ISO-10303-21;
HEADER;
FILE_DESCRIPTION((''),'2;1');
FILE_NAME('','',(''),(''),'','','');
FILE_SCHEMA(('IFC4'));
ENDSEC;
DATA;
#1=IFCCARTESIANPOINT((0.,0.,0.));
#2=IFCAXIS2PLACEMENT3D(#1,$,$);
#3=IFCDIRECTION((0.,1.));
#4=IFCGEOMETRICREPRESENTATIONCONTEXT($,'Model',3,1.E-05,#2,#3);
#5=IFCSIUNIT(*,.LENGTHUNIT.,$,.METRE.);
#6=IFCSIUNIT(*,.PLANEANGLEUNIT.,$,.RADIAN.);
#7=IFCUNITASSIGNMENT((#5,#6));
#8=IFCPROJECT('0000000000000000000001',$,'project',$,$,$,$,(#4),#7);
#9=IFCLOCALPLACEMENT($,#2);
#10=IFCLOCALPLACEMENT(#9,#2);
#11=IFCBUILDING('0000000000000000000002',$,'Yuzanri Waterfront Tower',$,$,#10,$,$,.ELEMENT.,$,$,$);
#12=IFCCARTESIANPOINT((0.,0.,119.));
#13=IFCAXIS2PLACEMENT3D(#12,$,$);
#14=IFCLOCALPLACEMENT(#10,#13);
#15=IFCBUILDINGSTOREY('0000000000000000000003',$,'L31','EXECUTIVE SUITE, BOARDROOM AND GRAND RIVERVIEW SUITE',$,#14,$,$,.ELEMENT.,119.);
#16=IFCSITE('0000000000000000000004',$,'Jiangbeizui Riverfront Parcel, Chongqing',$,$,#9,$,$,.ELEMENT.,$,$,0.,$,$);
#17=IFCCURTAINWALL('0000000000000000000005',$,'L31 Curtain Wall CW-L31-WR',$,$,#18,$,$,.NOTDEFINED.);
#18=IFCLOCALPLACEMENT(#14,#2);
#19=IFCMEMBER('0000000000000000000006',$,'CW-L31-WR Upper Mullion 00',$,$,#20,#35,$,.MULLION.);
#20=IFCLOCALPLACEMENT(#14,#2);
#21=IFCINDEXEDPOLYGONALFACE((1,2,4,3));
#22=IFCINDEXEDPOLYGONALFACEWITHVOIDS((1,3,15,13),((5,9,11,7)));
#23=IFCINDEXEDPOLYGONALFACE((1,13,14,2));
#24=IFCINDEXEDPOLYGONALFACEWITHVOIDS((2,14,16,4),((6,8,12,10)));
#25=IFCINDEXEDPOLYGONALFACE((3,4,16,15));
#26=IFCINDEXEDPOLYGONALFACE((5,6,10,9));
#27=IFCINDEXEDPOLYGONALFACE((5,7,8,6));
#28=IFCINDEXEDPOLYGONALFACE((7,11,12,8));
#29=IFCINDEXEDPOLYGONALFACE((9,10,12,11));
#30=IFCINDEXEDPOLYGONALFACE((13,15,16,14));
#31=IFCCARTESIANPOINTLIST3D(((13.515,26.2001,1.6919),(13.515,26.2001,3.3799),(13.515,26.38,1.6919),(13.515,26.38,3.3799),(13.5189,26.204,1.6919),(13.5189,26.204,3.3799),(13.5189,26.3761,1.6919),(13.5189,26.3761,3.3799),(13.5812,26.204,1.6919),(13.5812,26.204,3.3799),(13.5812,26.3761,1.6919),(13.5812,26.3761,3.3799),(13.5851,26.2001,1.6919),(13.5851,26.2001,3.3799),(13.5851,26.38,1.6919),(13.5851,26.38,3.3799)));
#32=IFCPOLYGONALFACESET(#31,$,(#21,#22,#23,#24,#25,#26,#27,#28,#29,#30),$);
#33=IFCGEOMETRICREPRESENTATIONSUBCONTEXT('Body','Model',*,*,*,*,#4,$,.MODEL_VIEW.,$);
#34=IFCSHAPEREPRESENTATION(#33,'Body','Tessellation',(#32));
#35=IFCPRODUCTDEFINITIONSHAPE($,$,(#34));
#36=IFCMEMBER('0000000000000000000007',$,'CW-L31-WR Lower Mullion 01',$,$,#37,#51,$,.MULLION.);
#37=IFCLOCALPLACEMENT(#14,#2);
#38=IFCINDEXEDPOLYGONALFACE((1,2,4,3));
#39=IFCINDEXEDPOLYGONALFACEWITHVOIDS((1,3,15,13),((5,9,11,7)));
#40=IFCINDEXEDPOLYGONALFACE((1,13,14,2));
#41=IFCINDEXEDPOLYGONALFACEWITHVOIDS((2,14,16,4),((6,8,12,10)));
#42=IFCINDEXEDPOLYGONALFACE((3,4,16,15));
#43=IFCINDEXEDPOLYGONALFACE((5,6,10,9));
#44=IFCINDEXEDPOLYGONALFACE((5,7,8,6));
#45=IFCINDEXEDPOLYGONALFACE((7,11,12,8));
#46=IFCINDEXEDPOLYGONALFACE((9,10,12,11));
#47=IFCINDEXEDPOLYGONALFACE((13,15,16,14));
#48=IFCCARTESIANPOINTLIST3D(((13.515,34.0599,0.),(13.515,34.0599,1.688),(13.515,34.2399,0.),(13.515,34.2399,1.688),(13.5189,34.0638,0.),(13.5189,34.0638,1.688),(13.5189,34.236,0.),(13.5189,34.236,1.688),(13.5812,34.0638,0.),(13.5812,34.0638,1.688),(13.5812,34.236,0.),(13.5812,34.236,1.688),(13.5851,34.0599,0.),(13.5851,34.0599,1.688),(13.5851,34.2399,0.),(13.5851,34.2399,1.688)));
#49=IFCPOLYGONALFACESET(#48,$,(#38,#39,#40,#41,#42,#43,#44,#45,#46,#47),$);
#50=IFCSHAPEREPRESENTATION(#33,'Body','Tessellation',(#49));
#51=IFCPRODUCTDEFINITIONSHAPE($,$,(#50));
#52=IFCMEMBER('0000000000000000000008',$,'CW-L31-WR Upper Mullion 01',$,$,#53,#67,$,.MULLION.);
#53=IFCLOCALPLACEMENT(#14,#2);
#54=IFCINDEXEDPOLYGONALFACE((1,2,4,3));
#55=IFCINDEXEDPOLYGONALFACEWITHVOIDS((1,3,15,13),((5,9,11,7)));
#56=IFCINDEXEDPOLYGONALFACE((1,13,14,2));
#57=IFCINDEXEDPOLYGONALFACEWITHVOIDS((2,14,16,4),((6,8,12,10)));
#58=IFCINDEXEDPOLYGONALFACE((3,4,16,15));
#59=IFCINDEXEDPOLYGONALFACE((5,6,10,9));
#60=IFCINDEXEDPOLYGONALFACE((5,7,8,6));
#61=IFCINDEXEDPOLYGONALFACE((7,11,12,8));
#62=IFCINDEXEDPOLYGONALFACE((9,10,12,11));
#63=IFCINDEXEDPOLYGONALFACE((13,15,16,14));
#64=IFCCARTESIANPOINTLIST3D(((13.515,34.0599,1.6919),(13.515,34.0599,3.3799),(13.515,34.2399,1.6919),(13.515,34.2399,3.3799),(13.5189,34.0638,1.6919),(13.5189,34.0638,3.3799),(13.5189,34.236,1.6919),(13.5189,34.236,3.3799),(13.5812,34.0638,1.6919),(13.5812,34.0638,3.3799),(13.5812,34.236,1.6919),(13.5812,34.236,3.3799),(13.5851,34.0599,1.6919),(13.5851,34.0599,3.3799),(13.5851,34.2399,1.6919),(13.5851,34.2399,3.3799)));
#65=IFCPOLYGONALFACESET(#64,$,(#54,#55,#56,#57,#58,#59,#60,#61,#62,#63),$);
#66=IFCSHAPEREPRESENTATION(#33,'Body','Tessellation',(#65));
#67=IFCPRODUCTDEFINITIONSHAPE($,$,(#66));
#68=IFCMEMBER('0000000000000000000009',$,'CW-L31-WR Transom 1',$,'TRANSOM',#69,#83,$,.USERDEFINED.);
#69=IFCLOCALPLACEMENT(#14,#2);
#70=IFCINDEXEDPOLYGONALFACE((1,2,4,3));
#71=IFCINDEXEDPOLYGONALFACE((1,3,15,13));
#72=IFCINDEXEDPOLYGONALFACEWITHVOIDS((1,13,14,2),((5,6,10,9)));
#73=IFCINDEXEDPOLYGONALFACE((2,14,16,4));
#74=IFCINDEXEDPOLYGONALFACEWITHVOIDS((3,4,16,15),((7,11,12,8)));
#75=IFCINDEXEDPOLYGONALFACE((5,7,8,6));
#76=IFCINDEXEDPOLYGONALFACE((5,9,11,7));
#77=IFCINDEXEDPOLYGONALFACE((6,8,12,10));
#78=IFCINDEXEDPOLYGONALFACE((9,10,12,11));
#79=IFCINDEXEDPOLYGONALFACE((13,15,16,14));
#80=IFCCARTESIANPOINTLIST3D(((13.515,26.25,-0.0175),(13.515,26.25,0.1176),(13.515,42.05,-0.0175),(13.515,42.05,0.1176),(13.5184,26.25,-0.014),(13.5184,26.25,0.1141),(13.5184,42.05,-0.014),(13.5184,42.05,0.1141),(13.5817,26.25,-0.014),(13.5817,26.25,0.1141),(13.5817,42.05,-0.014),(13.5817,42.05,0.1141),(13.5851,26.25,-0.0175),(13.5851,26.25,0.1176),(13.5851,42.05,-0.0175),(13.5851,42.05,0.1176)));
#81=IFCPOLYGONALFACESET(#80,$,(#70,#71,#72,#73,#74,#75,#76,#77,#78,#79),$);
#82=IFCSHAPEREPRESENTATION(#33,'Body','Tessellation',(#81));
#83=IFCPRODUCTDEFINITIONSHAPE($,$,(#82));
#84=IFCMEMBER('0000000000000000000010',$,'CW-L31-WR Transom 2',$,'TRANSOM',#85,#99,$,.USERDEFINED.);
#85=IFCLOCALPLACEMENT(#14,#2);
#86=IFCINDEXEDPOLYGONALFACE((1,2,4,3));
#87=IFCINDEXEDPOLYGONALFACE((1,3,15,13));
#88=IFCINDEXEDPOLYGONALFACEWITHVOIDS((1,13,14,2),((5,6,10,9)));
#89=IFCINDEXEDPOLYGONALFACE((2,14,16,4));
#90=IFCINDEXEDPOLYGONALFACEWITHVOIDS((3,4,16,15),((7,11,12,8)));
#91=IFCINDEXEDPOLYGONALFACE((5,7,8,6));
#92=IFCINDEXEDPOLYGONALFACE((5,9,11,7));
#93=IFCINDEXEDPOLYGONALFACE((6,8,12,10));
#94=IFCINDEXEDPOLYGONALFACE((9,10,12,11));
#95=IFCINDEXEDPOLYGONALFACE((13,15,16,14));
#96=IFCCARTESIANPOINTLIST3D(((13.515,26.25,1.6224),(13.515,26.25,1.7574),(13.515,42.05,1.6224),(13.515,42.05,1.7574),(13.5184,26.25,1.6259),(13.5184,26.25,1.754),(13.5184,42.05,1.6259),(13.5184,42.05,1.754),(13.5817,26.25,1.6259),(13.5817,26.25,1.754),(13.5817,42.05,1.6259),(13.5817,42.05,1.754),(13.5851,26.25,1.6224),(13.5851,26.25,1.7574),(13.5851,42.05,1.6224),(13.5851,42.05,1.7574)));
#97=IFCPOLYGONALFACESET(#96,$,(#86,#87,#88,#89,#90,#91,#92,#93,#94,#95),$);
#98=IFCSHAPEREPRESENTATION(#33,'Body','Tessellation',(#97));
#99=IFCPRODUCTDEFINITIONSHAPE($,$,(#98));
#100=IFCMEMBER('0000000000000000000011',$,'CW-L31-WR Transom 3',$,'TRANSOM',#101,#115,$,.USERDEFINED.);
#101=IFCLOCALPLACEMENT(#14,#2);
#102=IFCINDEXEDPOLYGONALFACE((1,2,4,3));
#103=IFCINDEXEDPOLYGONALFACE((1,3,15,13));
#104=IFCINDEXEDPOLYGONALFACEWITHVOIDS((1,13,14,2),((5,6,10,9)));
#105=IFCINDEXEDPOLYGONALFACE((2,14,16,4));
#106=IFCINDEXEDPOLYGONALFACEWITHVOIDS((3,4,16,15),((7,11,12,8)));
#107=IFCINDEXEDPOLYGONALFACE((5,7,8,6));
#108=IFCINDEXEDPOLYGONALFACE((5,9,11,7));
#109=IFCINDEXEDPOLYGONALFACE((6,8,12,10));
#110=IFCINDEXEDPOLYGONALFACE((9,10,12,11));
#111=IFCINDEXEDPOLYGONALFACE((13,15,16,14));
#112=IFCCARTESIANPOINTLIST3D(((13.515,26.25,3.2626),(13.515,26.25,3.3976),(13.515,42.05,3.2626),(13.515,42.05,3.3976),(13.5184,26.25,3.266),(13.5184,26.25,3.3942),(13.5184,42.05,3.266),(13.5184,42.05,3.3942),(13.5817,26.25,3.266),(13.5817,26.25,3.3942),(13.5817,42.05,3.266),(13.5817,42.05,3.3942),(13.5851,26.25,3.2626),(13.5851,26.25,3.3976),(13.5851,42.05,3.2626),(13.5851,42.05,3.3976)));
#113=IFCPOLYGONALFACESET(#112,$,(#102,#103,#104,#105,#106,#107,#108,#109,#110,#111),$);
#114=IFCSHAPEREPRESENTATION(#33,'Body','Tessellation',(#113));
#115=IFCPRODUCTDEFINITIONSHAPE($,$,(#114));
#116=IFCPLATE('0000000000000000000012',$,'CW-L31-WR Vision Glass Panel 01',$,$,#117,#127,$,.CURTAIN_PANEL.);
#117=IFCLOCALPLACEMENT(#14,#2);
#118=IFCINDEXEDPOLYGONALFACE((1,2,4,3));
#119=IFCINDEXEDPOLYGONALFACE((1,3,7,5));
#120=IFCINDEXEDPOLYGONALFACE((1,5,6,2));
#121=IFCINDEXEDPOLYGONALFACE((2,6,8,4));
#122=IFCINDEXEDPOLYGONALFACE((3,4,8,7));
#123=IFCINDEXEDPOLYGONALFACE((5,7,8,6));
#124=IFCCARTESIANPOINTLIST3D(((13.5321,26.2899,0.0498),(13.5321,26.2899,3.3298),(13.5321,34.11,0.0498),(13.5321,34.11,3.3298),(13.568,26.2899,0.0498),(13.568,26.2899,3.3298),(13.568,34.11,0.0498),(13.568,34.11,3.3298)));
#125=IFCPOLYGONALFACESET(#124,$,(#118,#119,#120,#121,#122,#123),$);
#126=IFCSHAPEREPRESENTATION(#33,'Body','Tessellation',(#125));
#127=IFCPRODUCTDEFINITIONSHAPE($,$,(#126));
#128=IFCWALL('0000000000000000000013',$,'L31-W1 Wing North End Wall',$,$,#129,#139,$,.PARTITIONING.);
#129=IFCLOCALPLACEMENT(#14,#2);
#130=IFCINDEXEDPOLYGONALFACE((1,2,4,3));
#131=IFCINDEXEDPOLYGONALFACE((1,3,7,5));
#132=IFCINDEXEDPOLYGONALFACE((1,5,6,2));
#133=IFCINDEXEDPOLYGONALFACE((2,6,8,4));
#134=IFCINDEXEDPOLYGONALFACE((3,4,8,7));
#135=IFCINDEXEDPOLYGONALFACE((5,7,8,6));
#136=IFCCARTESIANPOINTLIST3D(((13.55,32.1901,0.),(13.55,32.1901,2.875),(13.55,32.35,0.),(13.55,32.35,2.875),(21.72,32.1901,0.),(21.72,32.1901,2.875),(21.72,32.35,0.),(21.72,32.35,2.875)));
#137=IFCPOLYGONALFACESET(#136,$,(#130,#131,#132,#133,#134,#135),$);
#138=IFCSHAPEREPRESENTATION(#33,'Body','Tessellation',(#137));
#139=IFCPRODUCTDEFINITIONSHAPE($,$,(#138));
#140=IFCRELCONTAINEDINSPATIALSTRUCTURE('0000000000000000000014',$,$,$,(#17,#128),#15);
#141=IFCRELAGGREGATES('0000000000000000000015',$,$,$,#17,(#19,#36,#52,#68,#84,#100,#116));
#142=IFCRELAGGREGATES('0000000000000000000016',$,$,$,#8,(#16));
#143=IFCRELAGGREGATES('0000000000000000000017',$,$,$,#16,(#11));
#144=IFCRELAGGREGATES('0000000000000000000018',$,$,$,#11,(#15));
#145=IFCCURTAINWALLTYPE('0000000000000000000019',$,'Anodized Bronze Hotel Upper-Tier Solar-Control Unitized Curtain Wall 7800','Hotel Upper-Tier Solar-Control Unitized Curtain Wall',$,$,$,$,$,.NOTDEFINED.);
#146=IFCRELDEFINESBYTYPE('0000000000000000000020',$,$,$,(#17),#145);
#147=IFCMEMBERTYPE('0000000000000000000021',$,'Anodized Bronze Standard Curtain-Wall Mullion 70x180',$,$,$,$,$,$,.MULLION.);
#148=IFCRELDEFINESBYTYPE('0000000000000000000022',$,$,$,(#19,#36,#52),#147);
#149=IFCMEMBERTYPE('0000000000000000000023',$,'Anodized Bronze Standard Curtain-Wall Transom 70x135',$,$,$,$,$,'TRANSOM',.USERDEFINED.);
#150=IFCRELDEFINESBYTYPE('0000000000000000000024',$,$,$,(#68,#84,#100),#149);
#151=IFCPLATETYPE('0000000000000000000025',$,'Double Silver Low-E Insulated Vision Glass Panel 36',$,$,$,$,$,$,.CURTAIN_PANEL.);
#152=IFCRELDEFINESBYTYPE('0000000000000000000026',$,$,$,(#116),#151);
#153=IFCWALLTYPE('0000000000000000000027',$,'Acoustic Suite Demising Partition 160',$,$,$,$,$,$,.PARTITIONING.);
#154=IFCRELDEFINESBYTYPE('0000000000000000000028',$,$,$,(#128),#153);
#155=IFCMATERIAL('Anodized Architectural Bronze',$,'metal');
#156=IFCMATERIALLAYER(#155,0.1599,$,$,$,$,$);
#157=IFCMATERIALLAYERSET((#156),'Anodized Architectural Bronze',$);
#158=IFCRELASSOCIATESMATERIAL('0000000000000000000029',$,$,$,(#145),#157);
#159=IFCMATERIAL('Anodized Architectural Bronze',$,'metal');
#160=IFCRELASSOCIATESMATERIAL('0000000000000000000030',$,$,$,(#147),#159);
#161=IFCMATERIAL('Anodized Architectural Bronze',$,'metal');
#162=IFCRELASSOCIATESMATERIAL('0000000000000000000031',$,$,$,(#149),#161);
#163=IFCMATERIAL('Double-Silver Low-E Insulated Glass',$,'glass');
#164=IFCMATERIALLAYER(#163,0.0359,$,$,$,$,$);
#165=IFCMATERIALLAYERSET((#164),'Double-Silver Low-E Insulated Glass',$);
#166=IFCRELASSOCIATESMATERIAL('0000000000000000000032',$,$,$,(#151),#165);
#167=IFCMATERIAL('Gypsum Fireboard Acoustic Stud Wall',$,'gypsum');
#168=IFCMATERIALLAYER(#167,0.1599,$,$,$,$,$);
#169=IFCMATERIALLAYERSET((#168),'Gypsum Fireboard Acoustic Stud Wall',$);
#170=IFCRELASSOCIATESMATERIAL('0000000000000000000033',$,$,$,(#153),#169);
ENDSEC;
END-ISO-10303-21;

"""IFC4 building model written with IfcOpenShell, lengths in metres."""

from ifc_helpers import new_model, si_unit, direction, frame, frame_2d, origin, origin_2d, place, context, subcontext, project, spatial, rectangle, hollow_rectangle, extrude, source, transform, mapped, material, layer, layer_set, material_profile, profile_set, type_object, element, aggregate, save


model = new_model("IFC4")

# Units and contexts
model_context = context("Model", 3, precision=1e-05, world=origin(), true_north=direction((0.0, 1.0)))
body_context = subcontext(model_context, "Body", "Model", "MODEL_VIEW")
ifc_project = project(units=[si_unit("LENGTHUNIT", "METRE"), si_unit("PLANEANGLEUNIT", "RADIAN")], contexts=[model_context])

# Site, building, storey
site_placement = place(None, origin())
site = spatial("IfcSite", under=ifc_project, at=site_placement, Name="Jiangbeizui Riverfront Parcel, Chongqing", CompositionType="ELEMENT", RefElevation=0.0)
building_placement = place(site_placement, origin())
building = spatial("IfcBuilding", under=site, at=building_placement, Name="Yuzanri Waterfront Tower", CompositionType="ELEMENT")
storey_placement = place(building_placement, frame((0.0, 0.0, 119.0)))
storey = spatial("IfcBuildingStorey", under=building, at=storey_placement, Name="L31", Description="EXECUTIVE SUITE, BOARDROOM AND GRAND RIVERVIEW SUITE", CompositionType="ELEMENT", Elevation=119.0)

# Shared definitions
ifc_material_1 = material(Name="Anodized Architectural Bronze", Category="metal")
ifc_layer_1 = layer(ifc_material_1, 0.1599)
ifc_layer_set_1 = layer_set([ifc_layer_1], Name="Anodized Architectural Bronze")
curtain_wall_type = type_object("IfcCurtainWallType", Name="Anodized Bronze Hotel Upper-Tier Solar-Control Unitized Curtain Wall 7800", Description="Hotel Upper-Tier Solar-Control Unitized Curtain Wall", PredefinedType="NOTDEFINED", material=ifc_layer_set_1)
ifc_material_2 = material(Name="Anodized Architectural Bronze", Category="metal")
ifc_material_profile_1 = material_profile(ifc_material_2, hollow_rectangle(XDim=0.0701, YDim=0.1799, WallThickness=0.0039, at=origin_2d()), Name="CWM 70x180")
ifc_profile_set_1 = profile_set([ifc_material_profile_1], Name="Anodized Architectural Bronze")
member_type_1 = type_object("IfcMemberType", Name="Anodized Bronze Standard Curtain-Wall Mullion 70x180", PredefinedType="MULLION", material=ifc_profile_set_1)
shared_shape_1 = source(origin(), body_context, "Body", "SweptSolid", [
    extrude(hollow_rectangle(XDim=0.0701, YDim=0.1799, WallThickness=0.0039, at=origin_2d()), origin(), (0.0, 0.0, 1.0), 1.688),
])

# Curtain wall, members, plate
curtain_wall_1_placement = place(storey_placement, origin())
curtain_wall_1 = element("IfcCurtainWall", 1, at=curtain_wall_1_placement, inside=storey, type_object=curtain_wall_type, Name="L31 Curtain Wall CW-L31-WR", PredefinedType="NOTDEFINED")
member_1_placement = place(storey_placement, frame((13.55, 26.29, 1.6919), z_axis=(0.0, 0.0, 1.0), x_axis=(1.0, 0.0, 0.0)))
member_1 = element("IfcMember", 2, at=member_1_placement, type_object=member_type_1, Name="CW-L31-WR Upper Mullion 00", PredefinedType="MULLION", context=body_context, shape_type="MappedRepresentation", body=[
    mapped(shared_shape_1, transform((0.0, 0.0, 0.0), scale=1.0)),
])
member_2_placement = place(storey_placement, frame((13.55, 34.1499, 0.0), z_axis=(0.0, 0.0, 1.0), x_axis=(1.0, 0.0, 0.0)))
member_2 = element("IfcMember", 3, at=member_2_placement, type_object=member_type_1, Name="CW-L31-WR Lower Mullion 01", PredefinedType="MULLION", context=body_context, shape_type="MappedRepresentation", body=[
    mapped(shared_shape_1, transform((0.0, 0.0, 0.0), scale=1.0)),
])
member_3_placement = place(storey_placement, frame((13.55, 34.1499, 1.6919), z_axis=(0.0, 0.0, 1.0), x_axis=(1.0, 0.0, 0.0)))
member_3 = element("IfcMember", 4, at=member_3_placement, type_object=member_type_1, Name="CW-L31-WR Upper Mullion 01", PredefinedType="MULLION", context=body_context, shape_type="MappedRepresentation", body=[
    mapped(shared_shape_1, transform((0.0, 0.0, 0.0), scale=1.0)),
])
ifc_material_3 = material(Name="Anodized Architectural Bronze", Category="metal")
ifc_material_profile_2 = material_profile(ifc_material_3, hollow_rectangle(XDim=0.0701, YDim=0.135, WallThickness=0.0034, at=origin_2d()), Name="CWT 70x135")
ifc_profile_set_2 = profile_set([ifc_material_profile_2], Name="Anodized Architectural Bronze")
member_type_2 = type_object("IfcMemberType", Name="Anodized Bronze Standard Curtain-Wall Transom 70x135", ElementType="TRANSOM", PredefinedType="USERDEFINED", material=ifc_profile_set_2)
shared_shape_2 = source(origin(), body_context, "Body", "SweptSolid", [
    extrude(hollow_rectangle(XDim=0.0701, YDim=0.135, WallThickness=0.0034, at=origin_2d()), origin(), (0.0, 0.0, 1.0), 15.8),
])
member_4_placement = place(storey_placement, frame((13.55, 26.25, 0.05), z_axis=(0.0, 1.0, 0.0), x_axis=(-1.0, 0.0, 0.0)))
member_4 = element("IfcMember", 5, at=member_4_placement, type_object=member_type_2, Name="CW-L31-WR Transom 1", ObjectType="TRANSOM", PredefinedType="USERDEFINED", context=body_context, shape_type="MappedRepresentation", body=[
    mapped(shared_shape_2, transform((0.0, 0.0, 0.0), scale=1.0)),
])
member_5_placement = place(storey_placement, frame((13.55, 26.25, 1.6899), z_axis=(0.0, 1.0, 0.0), x_axis=(-1.0, 0.0, 0.0)))
member_5 = element("IfcMember", 6, at=member_5_placement, type_object=member_type_2, Name="CW-L31-WR Transom 2", ObjectType="TRANSOM", PredefinedType="USERDEFINED", context=body_context, shape_type="MappedRepresentation", body=[
    mapped(shared_shape_2, transform((0.0, 0.0, 0.0), scale=1.0)),
])
member_6_placement = place(storey_placement, frame((13.55, 26.25, 3.3301), z_axis=(0.0, 1.0, 0.0), x_axis=(-1.0, 0.0, 0.0)))
member_6 = element("IfcMember", 7, at=member_6_placement, type_object=member_type_2, Name="CW-L31-WR Transom 3", ObjectType="TRANSOM", PredefinedType="USERDEFINED", context=body_context, shape_type="MappedRepresentation", body=[
    mapped(shared_shape_2, transform((0.0, 0.0, 0.0), scale=1.0)),
])
ifc_material_4 = material(Name="Double-Silver Low-E Insulated Glass", Category="glass")
ifc_layer_2 = layer(ifc_material_4, 0.0359)
ifc_layer_set_2 = layer_set([ifc_layer_2], Name="Double-Silver Low-E Insulated Glass")
plate_type = type_object("IfcPlateType", Name="Double Silver Low-E Insulated Vision Glass Panel 36", PredefinedType="CURTAIN_PANEL", material=ifc_layer_set_2)
shared_shape_3 = source(origin(), body_context, "Body", "SweptSolid", [
    extrude(rectangle(XDim=7.8201, YDim=0.0359, at=origin_2d()), origin(), (0.0, 0.0, 1.0), 3.28),
])
plate_placement = place(storey_placement, frame((13.55, 30.2, 0.0498), z_axis=(0.0, 0.0, 1.0), x_axis=(0.0, 1.0, 0.0)))
plate = element("IfcPlate", 8, at=plate_placement, type_object=plate_type, Name="CW-L31-WR Vision Glass Panel 01", PredefinedType="CURTAIN_PANEL", context=body_context, shape_type="MappedRepresentation", body=[
    mapped(shared_shape_3, transform((0.0, 0.0, 0.0), scale=1.0)),
])
aggregate(curtain_wall_1, [member_1, member_2, member_3, member_4, member_5, member_6, plate])

# Wall
ifc_material_5 = material(Name="Gypsum Fireboard Acoustic Stud Wall", Category="gypsum")
ifc_layer_3 = layer(ifc_material_5, 0.1599)
ifc_layer_set_3 = layer_set([ifc_layer_3], Name="Gypsum Fireboard Acoustic Stud Wall")
wall_type_1 = type_object("IfcWallType", Name="Acoustic Suite Demising Partition 160", PredefinedType="PARTITIONING", material=ifc_layer_set_3)
shared_shape_4 = source(origin(), body_context, "Body", "SweptSolid", [
    extrude(rectangle(XDim=8.1699, YDim=0.1599, at=frame_2d((4.085, 0.0))), origin(), (0.0, 0.0, 1.0), 2.875),
])
wall_1_placement = place(storey_placement, frame((13.55, 32.27, 0.0), z_axis=(0.0, 0.0, 1.0), x_axis=(1.0, 0.0, 0.0)))
element("IfcWall", 9, at=wall_1_placement, inside=storey, type_object=wall_type_1, Name="L31-W1 Wing North End Wall", PredefinedType="PARTITIONING", context=body_context, shape_type="MappedRepresentation", body=[
    mapped(shared_shape_4, transform((0.0, 0.0, 0.0), scale=1.0)),
])

save(model, "model.ifc")
